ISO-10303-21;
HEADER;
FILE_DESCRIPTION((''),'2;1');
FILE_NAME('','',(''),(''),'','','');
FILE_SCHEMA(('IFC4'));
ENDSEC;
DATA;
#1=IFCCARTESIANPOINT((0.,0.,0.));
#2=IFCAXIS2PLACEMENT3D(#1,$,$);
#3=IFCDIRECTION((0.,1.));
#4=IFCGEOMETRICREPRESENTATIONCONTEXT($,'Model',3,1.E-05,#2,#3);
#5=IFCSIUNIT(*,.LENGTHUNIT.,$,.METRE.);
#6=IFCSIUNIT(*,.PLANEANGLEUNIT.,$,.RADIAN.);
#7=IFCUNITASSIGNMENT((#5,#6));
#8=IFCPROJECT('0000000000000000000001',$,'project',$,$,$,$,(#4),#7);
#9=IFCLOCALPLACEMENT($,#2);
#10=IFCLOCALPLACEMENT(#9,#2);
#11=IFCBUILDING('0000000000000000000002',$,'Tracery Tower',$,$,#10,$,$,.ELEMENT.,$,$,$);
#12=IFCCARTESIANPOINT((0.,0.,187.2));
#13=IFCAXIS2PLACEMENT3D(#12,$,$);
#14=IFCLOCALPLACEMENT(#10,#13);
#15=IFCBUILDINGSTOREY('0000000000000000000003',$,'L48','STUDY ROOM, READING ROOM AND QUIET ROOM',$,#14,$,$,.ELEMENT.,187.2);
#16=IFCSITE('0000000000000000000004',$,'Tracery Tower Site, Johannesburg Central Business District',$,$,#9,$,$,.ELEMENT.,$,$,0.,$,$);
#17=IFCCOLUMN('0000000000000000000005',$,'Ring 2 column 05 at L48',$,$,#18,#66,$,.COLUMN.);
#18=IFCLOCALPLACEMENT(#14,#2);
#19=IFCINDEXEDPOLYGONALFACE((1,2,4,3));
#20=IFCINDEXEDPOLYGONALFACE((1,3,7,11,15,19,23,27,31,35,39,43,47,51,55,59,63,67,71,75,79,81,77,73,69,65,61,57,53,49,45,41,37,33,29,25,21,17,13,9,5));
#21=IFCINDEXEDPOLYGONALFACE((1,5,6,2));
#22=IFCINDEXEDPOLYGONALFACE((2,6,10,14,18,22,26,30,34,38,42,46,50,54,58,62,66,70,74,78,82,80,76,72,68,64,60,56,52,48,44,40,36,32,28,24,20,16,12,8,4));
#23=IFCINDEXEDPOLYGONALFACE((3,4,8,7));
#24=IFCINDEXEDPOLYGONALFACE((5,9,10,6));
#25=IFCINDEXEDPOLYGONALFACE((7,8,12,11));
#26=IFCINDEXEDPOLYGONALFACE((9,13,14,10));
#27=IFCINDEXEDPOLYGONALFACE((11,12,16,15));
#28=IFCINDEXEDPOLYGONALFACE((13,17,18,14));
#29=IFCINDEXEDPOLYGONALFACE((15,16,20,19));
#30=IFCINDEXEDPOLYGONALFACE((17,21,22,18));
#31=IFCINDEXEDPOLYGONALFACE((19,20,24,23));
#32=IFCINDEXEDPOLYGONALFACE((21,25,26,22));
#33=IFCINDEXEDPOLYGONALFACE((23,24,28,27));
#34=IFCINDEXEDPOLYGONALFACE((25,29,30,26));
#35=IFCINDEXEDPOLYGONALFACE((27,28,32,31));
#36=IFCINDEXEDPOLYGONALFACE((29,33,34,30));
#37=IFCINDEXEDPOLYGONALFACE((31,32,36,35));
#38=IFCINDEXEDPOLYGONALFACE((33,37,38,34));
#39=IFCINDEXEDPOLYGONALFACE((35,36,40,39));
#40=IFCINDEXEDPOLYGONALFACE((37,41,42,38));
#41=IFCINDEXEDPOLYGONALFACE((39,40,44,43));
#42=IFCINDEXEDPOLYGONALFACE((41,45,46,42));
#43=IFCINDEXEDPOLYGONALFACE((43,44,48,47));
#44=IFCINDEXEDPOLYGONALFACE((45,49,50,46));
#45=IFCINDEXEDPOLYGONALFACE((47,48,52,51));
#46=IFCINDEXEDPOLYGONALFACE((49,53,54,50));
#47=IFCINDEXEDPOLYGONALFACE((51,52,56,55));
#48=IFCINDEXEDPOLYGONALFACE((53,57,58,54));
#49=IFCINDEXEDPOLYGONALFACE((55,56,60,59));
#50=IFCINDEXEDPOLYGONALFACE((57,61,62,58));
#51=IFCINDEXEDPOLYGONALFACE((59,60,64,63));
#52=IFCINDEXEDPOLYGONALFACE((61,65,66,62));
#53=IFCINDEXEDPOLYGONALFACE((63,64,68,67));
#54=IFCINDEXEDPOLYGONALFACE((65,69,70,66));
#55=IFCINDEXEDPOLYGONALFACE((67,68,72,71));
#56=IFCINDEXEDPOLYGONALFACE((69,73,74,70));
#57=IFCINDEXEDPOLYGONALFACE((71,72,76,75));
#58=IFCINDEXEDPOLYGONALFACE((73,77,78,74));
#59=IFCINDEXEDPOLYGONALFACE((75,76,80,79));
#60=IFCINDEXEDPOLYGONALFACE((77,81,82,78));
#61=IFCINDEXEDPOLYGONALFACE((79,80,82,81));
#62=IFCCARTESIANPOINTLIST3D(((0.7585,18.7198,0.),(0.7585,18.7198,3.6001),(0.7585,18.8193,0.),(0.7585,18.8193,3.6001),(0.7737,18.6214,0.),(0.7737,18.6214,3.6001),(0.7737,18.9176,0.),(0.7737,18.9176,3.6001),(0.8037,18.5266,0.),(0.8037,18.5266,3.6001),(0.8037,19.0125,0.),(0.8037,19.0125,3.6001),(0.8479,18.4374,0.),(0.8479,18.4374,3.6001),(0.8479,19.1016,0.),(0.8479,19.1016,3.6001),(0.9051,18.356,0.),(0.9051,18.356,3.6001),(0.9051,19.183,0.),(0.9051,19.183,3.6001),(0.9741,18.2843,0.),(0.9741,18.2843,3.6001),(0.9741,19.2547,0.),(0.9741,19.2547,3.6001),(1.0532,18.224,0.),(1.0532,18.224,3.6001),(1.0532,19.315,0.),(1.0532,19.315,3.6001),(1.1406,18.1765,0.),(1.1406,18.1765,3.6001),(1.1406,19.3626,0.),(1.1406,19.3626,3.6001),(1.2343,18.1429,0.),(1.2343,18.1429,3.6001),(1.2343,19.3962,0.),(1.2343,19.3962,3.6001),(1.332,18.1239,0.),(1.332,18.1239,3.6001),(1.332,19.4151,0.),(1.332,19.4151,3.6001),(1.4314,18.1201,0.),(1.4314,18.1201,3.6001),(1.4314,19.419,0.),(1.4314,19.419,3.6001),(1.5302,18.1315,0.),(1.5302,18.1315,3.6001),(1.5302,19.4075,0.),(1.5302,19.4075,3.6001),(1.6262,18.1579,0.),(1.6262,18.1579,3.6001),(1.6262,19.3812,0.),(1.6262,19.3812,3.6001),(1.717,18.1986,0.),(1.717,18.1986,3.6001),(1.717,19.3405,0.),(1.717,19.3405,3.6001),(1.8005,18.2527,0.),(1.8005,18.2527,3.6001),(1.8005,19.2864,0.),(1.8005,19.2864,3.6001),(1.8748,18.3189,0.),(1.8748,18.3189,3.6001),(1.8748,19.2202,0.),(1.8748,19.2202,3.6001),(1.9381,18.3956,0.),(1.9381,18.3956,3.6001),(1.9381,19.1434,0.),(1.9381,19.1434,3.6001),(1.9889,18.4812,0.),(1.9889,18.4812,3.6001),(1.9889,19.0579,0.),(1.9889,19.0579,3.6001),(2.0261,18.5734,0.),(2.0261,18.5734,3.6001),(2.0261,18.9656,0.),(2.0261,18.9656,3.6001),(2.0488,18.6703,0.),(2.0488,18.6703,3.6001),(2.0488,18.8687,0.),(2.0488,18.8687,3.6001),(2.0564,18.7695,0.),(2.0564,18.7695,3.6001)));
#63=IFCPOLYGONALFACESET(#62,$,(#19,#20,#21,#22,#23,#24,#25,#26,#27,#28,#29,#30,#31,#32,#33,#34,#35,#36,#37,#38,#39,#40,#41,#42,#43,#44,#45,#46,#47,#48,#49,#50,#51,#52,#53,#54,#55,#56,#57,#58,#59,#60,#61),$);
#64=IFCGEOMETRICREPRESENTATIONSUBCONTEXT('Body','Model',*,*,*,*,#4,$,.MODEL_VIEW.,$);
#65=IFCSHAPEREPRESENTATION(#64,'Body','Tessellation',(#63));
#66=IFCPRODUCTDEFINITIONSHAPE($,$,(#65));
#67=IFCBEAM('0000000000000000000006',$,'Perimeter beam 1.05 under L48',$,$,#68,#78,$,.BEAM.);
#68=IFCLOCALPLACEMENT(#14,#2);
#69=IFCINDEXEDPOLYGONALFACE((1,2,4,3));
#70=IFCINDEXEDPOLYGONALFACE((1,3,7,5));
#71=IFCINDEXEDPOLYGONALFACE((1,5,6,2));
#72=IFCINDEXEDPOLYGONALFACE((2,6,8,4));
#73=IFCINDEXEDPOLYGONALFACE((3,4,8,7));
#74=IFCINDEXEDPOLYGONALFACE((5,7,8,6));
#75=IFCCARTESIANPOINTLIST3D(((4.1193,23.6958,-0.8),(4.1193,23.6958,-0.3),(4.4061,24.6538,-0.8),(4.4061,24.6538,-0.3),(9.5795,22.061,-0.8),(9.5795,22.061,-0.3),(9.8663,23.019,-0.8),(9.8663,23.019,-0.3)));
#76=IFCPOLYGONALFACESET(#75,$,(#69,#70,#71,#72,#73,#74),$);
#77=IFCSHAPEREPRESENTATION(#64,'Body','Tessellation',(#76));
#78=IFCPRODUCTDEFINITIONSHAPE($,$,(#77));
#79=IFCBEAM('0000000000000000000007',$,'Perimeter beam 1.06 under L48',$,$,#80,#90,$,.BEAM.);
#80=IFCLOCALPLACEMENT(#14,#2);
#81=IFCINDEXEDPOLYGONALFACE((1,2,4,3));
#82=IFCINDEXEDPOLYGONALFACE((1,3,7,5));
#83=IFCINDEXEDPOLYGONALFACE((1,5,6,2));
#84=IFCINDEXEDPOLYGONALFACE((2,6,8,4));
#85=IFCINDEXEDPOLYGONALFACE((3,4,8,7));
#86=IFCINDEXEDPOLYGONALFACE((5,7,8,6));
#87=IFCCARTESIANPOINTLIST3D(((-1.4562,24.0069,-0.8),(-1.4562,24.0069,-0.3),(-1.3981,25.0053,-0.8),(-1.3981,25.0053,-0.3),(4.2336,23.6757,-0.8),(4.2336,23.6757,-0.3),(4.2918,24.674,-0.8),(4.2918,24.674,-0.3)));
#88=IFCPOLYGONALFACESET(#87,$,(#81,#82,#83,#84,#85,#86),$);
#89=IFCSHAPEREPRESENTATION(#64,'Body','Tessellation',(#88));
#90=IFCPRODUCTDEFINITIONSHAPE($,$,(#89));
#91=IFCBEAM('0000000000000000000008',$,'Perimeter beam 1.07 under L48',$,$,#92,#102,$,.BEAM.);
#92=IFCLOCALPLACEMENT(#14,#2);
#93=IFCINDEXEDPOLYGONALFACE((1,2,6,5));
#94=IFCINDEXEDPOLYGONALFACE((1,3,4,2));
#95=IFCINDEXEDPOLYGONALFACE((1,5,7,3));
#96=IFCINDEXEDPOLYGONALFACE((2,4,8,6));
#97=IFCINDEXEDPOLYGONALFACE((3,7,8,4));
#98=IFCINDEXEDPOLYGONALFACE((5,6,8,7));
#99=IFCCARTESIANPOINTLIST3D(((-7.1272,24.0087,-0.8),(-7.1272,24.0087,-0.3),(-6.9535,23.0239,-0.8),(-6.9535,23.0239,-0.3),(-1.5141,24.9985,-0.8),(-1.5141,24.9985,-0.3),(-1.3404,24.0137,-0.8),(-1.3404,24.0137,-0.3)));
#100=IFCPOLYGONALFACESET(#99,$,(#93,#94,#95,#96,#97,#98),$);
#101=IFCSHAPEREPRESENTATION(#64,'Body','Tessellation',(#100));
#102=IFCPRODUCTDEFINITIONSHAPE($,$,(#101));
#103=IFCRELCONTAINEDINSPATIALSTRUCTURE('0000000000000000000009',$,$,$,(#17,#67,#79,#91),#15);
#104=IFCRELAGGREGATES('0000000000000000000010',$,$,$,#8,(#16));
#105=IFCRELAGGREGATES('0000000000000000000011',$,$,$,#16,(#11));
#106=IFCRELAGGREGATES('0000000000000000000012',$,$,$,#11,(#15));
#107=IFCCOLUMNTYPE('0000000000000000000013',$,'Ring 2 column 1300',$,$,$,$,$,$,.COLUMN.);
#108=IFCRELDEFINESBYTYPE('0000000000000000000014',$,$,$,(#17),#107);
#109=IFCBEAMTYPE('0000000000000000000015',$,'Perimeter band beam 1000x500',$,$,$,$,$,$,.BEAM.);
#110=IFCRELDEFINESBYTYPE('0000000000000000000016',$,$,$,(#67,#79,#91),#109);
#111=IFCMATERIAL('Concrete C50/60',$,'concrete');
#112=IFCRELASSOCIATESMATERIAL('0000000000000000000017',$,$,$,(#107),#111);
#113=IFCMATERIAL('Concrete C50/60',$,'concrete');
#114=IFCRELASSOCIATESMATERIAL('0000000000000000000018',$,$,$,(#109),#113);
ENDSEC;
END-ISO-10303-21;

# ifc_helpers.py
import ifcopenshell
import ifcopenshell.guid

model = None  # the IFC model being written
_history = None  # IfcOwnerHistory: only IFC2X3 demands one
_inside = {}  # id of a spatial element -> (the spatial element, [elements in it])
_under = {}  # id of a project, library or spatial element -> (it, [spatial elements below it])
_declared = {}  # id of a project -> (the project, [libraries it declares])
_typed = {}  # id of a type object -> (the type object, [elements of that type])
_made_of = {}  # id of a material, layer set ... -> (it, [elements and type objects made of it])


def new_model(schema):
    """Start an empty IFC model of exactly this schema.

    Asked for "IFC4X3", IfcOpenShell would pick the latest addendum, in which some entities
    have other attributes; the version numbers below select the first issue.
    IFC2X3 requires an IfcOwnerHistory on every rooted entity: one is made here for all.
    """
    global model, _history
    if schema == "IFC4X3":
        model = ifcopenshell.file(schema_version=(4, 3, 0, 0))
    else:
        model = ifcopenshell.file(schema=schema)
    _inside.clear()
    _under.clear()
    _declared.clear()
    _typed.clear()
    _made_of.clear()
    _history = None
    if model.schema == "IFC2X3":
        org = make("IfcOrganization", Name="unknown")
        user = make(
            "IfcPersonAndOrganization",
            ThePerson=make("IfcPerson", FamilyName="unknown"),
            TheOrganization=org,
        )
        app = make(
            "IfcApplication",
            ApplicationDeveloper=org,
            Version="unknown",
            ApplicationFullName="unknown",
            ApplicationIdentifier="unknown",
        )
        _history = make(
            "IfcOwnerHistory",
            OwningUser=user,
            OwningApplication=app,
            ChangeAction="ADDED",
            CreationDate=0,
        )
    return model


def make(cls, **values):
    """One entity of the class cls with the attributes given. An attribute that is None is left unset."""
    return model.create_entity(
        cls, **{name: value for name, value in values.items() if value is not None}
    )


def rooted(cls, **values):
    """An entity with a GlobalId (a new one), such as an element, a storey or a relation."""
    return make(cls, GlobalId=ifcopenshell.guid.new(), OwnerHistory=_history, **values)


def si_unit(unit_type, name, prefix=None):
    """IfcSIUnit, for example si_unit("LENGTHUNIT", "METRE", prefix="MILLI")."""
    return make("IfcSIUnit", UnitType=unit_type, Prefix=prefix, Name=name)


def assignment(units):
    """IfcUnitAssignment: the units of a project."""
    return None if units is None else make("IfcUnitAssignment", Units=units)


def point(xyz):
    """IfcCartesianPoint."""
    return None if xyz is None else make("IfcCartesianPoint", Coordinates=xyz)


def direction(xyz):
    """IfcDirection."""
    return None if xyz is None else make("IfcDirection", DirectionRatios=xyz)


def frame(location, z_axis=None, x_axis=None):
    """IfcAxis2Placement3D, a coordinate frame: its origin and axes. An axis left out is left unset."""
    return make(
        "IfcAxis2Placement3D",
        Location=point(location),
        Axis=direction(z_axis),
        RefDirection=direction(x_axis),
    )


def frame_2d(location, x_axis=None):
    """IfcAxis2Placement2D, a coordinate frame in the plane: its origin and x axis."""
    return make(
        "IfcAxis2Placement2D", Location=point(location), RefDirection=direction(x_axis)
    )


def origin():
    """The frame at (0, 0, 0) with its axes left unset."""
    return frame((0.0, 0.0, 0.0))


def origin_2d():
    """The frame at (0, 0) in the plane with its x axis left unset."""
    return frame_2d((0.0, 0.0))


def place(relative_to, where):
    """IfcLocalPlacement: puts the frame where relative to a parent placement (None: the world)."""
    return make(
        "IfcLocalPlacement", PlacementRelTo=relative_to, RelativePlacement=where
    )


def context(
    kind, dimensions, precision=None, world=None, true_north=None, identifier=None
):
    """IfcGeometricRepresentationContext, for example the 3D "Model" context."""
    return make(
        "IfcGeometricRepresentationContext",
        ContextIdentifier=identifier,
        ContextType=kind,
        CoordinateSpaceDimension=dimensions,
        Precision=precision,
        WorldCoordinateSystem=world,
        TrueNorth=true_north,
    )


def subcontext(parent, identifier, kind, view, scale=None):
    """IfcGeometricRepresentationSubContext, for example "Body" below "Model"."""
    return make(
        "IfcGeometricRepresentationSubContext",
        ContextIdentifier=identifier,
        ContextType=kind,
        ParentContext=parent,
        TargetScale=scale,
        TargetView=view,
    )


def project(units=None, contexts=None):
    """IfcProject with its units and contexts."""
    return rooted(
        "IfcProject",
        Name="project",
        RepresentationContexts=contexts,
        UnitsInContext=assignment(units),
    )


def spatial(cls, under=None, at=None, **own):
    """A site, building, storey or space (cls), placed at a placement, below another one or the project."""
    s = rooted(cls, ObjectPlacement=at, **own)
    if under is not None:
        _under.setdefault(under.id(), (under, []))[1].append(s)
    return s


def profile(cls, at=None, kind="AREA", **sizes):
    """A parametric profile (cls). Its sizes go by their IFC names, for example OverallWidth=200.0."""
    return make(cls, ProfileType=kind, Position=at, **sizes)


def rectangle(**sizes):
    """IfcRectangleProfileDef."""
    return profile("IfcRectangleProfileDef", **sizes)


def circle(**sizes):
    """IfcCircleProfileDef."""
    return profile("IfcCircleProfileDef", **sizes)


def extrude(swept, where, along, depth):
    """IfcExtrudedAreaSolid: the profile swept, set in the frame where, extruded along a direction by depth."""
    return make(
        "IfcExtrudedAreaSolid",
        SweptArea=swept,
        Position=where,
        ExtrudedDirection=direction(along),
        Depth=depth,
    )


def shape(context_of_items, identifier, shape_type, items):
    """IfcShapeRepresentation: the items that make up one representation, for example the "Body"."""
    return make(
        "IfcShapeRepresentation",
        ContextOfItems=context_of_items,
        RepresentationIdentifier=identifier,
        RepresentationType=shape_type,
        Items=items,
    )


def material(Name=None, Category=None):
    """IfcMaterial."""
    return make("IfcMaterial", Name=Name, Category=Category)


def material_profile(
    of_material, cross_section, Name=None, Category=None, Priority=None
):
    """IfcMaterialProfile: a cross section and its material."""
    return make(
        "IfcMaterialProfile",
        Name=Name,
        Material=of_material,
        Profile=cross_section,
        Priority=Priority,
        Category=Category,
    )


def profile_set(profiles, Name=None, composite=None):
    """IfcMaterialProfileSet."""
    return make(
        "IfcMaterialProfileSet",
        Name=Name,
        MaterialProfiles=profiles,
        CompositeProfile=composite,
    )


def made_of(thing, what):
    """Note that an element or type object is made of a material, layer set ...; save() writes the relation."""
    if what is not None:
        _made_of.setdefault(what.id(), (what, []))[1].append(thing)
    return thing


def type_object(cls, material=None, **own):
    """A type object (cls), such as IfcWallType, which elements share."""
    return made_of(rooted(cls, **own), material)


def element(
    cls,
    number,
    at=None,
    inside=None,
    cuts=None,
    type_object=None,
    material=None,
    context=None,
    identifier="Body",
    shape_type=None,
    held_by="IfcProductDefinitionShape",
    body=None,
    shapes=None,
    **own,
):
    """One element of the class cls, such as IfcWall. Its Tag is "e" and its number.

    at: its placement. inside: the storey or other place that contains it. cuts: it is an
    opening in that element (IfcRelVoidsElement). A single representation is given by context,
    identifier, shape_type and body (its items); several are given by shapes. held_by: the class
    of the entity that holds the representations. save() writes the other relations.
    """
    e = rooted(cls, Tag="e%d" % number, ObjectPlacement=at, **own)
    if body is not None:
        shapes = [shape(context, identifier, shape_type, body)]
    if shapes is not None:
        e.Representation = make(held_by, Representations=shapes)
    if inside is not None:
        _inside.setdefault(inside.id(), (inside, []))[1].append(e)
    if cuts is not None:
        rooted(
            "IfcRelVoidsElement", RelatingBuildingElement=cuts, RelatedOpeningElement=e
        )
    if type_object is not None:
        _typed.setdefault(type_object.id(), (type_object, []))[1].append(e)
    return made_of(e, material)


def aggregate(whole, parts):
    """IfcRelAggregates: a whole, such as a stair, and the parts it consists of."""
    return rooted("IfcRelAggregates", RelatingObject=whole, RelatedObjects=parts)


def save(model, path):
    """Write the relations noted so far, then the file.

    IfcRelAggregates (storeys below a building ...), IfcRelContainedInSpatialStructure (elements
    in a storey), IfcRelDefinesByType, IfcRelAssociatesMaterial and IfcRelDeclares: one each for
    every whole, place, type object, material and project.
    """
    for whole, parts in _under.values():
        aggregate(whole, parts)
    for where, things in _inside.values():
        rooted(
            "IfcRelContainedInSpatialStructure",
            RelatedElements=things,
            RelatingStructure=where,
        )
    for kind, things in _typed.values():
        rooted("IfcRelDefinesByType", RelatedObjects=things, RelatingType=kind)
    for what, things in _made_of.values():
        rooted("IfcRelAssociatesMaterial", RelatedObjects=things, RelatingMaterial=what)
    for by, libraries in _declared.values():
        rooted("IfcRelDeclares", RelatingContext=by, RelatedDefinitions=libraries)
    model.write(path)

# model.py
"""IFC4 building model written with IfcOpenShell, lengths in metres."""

from ifc_helpers import new_model, si_unit, direction, frame, origin, origin_2d, place, context, subcontext, project, spatial, rectangle, circle, extrude, material, material_profile, profile_set, type_object, element, save


model = new_model("IFC4")

# Units and contexts
model_context = context("Model", 3, precision=1e-05, world=origin(), true_north=direction((0.0, 1.0)))
body_context = subcontext(model_context, "Body", "Model", "MODEL_VIEW")
ifc_project = project(units=[si_unit("LENGTHUNIT", "METRE"), si_unit("PLANEANGLEUNIT", "RADIAN")], contexts=[model_context])

# Site, building, storey
site_placement = place(None, origin())
site = spatial("IfcSite", under=ifc_project, at=site_placement, Name="Tracery Tower Site, Johannesburg Central Business District", CompositionType="ELEMENT", RefElevation=0.0)
building_placement = place(site_placement, origin())
building = spatial("IfcBuilding", under=site, at=building_placement, Name="Tracery Tower", CompositionType="ELEMENT")
storey_placement = place(building_placement, frame((0.0, 0.0, 187.2)))
storey = spatial("IfcBuildingStorey", under=building, at=storey_placement, Name="L48", Description="STUDY ROOM, READING ROOM AND QUIET ROOM", CompositionType="ELEMENT", Elevation=187.2)

# Column
ifc_material_1 = material(Name="Concrete C50/60", Category="concrete")
ifc_material_profile_1 = material_profile(ifc_material_1, circle(Radius=0.6499, at=origin_2d()), Name="RC D1300")
ifc_profile_set_1 = profile_set([ifc_material_profile_1], Name="Concrete C50/60")
column_type_1 = type_object("IfcColumnType", Name="Ring 2 column 1300", PredefinedType="COLUMN", material=ifc_profile_set_1)
for number, where, z_axis, x_axis, name in (
    (1, (1.4065, 18.7695, 0.0), (0.0, 0.0, 1.0), (1.0, 0.0, 0.0), "Ring 2 column 05 at L48"),
):
    element("IfcColumn", number, at=place(storey_placement, frame(where, z_axis=z_axis, x_axis=x_axis)), inside=storey, type_object=column_type_1, Name=name, PredefinedType="COLUMN", context=body_context, shape_type="SweptSolid", body=[
        extrude(circle(Radius=0.6499, at=origin_2d()), origin(), (0.0, 0.0, 1.0), 3.6001),
    ])

# Beams
ifc_material_2 = material(Name="Concrete C50/60", Category="concrete")
ifc_material_profile_2 = material_profile(ifc_material_2, rectangle(XDim=1.0, YDim=0.5, at=origin_2d()), Name="RC 1000x500")
ifc_profile_set_2 = profile_set([ifc_material_profile_2], Name="Concrete C50/60")
beam_type = type_object("IfcBeamType", Name="Perimeter band beam 1000x500", PredefinedType="BEAM", material=ifc_profile_set_2)
beam_1_placement = place(storey_placement, frame((9.7229, 22.54, -0.55), z_axis=(-0.957985, 0.286817, 0.0), x_axis=(-0.286817, -0.957985, 0.0)))
element("IfcBeam", 2, at=beam_1_placement, inside=storey, type_object=beam_type, Name="Perimeter beam 1.05 under L48", PredefinedType="BEAM", context=body_context, shape_type="SweptSolid", body=[
    extrude(rectangle(XDim=1.0, YDim=0.5, at=origin_2d()), origin(), (0.0, 0.0, 1.0), 5.6997),
])
beam_2_placement = place(storey_placement, frame((4.2627, 24.1748, -0.55), z_axis=(-0.998309, 0.058127, 0.0), x_axis=(-0.058127, -0.998309, 0.0)))
element("IfcBeam", 3, at=beam_2_placement, inside=storey, type_object=beam_type, Name="Perimeter beam 1.06 under L48", PredefinedType="BEAM", context=body_context, shape_type="SweptSolid", body=[
    extrude(rectangle(XDim=1.0, YDim=0.5, at=origin_2d()), origin(), (0.0, 0.0, 1.0), 5.6995),
])
beam_3_placement = place(storey_placement, frame((-1.4272, 24.5061, -0.55), z_axis=(-0.984807, -0.173651, 0.0), x_axis=(0.173651, -0.984807, 0.0)))
element("IfcBeam", 4, at=beam_3_placement, inside=storey, type_object=beam_type, Name="Perimeter beam 1.07 under L48", PredefinedType="BEAM", context=body_context, shape_type="SweptSolid", body=[
    extrude(rectangle(XDim=1.0, YDim=0.5, at=origin_2d()), origin(), (0.0, 0.0, 1.0), 5.6997),
])

save(model, "model.ifc")
